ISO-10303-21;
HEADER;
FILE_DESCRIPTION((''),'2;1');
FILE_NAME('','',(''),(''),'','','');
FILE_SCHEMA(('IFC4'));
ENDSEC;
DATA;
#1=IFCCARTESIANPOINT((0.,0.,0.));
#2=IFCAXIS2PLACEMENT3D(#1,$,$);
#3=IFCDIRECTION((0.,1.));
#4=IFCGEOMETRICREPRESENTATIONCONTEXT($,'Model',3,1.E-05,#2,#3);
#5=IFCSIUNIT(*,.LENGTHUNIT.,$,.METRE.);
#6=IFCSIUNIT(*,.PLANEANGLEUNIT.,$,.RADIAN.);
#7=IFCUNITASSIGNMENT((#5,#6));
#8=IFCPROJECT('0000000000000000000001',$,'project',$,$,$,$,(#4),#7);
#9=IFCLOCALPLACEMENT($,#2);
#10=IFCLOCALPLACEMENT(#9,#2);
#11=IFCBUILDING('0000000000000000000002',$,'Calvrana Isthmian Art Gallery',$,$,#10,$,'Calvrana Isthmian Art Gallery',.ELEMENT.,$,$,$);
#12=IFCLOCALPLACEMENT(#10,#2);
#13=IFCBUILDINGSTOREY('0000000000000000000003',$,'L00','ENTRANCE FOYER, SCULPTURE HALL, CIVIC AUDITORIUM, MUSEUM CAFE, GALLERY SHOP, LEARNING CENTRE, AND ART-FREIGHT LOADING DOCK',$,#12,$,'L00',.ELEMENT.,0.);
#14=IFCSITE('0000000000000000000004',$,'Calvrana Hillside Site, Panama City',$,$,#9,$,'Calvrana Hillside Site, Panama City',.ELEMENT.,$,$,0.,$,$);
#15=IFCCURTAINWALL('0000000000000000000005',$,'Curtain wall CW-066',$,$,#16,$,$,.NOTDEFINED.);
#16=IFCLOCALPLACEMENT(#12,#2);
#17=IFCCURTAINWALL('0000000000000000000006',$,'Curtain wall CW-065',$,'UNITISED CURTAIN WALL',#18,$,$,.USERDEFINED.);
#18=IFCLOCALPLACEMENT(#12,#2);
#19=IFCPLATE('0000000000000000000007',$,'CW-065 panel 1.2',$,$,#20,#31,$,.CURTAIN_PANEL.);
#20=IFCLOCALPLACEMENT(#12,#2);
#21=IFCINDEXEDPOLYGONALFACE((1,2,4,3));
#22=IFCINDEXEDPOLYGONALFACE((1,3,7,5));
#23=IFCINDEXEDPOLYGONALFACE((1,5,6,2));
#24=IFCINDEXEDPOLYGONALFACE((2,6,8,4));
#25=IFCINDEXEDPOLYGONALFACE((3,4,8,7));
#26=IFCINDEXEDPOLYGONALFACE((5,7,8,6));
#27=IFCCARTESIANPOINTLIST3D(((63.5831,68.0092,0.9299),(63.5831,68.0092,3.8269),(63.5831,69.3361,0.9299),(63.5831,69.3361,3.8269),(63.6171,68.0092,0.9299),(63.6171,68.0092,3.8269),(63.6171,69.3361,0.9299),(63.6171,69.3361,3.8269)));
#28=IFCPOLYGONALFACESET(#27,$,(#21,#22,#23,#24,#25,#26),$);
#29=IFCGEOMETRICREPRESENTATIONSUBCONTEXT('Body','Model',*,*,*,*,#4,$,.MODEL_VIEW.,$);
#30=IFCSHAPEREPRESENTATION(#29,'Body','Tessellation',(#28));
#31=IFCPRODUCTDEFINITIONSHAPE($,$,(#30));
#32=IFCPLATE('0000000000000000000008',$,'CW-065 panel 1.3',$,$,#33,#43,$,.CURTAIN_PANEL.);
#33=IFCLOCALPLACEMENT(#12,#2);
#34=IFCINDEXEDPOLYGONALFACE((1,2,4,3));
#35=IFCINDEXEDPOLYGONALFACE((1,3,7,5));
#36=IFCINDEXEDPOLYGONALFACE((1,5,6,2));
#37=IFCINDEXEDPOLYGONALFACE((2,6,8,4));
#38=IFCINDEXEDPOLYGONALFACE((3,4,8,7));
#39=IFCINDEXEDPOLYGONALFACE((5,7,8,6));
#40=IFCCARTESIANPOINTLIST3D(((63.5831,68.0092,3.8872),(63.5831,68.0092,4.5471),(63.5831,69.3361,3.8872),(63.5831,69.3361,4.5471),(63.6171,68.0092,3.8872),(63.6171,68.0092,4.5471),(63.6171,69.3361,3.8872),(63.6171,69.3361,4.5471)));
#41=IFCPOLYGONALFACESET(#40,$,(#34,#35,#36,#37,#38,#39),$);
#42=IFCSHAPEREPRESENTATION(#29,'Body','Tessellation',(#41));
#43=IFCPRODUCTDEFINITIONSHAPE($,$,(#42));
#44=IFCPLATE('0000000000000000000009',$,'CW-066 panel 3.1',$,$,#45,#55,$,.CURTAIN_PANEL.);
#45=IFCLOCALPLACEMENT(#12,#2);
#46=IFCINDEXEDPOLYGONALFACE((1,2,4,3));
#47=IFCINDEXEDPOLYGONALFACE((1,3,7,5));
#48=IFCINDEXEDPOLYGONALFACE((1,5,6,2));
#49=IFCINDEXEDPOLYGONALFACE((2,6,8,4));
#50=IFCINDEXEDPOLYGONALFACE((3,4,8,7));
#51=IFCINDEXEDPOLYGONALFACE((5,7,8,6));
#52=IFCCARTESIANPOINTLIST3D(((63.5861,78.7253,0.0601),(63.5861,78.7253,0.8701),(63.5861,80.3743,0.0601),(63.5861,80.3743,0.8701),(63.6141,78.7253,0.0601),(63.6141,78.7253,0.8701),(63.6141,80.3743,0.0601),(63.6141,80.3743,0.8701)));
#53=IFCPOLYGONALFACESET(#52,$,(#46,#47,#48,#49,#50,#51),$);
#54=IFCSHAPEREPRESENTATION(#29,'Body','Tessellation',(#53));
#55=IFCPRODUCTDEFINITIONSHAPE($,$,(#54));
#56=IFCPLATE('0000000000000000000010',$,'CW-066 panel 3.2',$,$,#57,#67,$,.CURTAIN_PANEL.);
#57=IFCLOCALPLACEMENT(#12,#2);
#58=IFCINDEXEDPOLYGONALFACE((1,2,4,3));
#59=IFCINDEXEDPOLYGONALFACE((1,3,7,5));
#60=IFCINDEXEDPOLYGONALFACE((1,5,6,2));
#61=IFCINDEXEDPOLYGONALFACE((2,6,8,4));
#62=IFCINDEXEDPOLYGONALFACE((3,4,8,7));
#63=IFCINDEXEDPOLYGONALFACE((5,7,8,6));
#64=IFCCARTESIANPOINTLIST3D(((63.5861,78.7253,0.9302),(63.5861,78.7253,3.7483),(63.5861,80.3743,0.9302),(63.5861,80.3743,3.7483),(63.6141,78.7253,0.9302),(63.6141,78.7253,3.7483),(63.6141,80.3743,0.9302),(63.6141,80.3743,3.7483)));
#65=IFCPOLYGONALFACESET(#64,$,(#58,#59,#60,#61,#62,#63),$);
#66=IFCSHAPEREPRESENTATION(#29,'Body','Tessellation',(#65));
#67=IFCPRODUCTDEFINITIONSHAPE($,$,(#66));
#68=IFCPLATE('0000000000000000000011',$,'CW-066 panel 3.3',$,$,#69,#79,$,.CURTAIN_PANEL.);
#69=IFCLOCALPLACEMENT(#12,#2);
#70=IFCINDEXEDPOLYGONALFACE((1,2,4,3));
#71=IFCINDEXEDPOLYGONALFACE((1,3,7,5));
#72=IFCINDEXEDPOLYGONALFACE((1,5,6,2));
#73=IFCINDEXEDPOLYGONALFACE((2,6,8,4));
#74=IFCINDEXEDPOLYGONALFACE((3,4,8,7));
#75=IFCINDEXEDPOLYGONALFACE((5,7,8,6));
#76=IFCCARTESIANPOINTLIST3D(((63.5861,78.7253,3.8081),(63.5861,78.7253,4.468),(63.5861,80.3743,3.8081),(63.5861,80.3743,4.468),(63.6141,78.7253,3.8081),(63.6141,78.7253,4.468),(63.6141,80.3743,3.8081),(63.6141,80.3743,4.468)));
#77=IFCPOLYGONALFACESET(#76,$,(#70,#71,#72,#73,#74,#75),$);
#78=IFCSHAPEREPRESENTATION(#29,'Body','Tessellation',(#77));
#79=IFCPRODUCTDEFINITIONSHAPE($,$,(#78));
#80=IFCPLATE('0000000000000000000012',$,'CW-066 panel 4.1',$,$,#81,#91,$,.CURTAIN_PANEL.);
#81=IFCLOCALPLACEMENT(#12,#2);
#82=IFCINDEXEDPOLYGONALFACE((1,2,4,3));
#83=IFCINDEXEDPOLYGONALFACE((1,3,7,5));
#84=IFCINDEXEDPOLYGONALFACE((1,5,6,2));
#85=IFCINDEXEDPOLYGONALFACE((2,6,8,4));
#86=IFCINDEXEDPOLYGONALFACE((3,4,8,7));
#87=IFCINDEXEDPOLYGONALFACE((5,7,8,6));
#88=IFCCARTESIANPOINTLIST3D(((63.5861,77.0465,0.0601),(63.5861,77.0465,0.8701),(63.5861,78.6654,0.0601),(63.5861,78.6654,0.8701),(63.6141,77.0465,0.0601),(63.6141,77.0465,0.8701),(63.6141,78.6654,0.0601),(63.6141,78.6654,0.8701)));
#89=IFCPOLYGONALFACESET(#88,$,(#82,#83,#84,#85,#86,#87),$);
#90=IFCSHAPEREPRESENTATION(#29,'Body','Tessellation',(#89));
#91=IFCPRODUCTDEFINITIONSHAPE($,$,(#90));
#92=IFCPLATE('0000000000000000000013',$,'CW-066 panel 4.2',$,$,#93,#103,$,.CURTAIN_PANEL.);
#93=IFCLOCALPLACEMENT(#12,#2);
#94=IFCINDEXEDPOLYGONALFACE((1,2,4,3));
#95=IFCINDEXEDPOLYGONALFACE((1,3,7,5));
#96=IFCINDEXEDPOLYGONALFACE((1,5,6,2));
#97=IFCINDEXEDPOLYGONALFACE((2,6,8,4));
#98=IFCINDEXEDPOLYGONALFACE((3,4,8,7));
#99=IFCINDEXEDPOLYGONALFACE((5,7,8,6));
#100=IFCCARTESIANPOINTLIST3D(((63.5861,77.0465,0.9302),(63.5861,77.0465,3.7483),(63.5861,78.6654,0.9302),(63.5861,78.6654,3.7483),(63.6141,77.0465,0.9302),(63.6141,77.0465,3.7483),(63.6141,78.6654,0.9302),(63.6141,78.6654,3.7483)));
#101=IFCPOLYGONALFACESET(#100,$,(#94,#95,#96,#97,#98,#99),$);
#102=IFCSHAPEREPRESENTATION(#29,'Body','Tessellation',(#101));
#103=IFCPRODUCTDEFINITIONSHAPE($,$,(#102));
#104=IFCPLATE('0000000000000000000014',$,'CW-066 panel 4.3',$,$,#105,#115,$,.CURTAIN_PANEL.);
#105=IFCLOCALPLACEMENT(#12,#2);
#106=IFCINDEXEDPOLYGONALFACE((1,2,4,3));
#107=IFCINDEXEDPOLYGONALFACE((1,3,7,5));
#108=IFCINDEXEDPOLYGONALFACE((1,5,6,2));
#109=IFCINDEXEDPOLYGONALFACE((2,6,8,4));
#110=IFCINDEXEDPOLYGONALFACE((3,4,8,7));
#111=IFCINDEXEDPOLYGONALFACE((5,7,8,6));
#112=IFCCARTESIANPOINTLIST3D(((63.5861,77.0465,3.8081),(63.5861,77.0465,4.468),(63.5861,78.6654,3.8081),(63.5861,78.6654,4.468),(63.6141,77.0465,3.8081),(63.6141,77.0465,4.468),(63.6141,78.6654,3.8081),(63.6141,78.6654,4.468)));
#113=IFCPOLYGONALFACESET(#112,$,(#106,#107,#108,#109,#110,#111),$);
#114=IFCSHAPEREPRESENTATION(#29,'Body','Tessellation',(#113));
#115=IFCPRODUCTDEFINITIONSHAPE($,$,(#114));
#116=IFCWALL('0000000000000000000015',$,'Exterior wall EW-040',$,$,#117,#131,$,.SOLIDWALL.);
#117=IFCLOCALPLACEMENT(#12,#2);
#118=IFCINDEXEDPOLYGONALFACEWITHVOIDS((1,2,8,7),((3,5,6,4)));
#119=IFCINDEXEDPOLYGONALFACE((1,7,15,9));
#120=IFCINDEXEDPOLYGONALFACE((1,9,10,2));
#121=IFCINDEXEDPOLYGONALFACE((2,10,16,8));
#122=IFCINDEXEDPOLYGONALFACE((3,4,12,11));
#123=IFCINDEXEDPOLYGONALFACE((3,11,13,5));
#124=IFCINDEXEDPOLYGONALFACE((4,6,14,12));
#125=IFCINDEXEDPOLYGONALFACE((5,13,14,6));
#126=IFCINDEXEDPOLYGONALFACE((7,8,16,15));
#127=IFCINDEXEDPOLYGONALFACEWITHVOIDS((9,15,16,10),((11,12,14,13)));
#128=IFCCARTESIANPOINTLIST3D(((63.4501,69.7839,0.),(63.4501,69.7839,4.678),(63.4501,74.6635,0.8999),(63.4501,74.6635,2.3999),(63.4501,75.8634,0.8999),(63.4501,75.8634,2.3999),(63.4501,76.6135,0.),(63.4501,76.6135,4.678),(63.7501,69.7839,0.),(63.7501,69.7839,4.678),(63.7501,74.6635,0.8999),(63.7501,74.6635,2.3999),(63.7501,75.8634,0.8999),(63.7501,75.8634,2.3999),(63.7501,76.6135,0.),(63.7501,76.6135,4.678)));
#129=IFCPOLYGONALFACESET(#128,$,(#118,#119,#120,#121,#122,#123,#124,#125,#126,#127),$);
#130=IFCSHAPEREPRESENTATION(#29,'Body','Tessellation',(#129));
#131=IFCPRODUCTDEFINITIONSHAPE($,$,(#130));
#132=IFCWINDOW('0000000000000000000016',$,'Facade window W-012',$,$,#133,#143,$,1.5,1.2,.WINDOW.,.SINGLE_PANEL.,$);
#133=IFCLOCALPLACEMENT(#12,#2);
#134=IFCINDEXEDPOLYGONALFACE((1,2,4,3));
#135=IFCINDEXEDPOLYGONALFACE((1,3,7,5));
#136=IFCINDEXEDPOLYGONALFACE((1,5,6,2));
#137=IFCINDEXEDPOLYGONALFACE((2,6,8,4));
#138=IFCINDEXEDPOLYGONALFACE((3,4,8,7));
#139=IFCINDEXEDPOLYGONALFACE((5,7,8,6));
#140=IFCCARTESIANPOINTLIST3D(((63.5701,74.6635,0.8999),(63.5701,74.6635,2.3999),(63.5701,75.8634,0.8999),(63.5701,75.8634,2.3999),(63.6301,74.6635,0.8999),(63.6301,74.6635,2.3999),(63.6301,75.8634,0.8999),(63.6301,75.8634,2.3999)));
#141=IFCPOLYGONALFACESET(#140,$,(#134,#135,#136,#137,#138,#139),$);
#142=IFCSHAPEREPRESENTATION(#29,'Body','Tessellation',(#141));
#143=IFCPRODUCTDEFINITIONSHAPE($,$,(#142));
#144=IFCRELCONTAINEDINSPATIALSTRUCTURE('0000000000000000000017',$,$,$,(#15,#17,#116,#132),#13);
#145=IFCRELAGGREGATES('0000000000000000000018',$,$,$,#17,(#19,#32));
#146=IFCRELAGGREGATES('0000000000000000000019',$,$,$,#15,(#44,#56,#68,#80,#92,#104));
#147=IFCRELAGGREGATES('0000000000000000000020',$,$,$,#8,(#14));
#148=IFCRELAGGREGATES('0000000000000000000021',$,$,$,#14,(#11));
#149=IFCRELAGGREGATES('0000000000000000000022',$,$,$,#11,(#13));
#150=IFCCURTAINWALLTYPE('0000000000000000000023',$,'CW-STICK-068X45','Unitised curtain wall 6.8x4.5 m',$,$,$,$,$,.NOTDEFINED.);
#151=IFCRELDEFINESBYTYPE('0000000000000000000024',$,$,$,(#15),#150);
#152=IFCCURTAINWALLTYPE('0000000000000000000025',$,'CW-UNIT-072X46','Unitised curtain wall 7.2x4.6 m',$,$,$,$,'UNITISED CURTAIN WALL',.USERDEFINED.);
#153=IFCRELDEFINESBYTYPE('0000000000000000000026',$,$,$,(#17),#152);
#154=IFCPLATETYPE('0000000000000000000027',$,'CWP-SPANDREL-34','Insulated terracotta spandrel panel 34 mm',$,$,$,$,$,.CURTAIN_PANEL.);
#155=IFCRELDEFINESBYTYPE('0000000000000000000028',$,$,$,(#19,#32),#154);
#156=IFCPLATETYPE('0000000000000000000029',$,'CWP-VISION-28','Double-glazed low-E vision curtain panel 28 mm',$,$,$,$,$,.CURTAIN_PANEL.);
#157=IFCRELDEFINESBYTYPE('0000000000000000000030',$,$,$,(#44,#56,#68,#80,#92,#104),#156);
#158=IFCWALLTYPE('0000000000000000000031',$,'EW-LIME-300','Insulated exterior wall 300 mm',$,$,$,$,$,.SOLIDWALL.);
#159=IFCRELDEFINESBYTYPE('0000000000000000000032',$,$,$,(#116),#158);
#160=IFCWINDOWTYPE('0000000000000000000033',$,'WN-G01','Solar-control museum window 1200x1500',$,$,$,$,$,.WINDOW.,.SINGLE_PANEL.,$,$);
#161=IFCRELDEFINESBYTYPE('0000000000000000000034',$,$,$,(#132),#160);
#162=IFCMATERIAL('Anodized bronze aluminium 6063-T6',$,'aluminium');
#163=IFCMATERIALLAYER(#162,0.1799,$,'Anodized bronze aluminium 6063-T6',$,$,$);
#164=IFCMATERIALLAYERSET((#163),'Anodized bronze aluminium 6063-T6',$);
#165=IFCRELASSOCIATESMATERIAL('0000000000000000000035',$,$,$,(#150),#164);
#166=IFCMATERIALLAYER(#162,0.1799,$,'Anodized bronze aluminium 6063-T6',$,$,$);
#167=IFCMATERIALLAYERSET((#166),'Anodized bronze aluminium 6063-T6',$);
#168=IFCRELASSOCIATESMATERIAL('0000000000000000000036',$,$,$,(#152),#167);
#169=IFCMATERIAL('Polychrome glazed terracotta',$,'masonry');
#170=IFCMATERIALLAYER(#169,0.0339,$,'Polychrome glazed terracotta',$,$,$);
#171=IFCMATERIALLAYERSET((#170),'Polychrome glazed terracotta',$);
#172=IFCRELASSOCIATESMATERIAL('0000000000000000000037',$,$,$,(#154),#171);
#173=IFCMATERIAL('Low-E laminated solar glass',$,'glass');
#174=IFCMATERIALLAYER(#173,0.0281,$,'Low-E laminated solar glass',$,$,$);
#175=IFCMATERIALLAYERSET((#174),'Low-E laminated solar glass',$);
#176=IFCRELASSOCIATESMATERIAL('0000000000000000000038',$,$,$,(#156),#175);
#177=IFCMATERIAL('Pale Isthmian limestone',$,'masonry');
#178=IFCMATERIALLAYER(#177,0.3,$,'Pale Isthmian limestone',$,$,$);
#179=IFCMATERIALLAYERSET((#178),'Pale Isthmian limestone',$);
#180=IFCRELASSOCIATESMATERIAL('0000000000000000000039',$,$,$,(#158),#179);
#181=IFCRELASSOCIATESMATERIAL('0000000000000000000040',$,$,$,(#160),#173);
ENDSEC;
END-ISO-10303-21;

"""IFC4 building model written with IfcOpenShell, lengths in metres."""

from ifc_helpers import new_model, si_unit, direction, frame, frame_2d, origin, origin_2d, place, context, subcontext, project, spatial, rectangle, extrude, material, layer, layer_set, type_object, element, fill, aggregate, save


model = new_model("IFC4")

# Units and contexts
model_context = context("Model", 3, precision=1e-05, world=origin(), true_north=direction((0.0, 1.0)))
body_context = subcontext(model_context, "Body", "Model", "MODEL_VIEW")
ifc_project = project(units=[si_unit("LENGTHUNIT", "METRE"), si_unit("PLANEANGLEUNIT", "RADIAN")], contexts=[model_context])

# Site, building, storey
site_placement = place(None, origin())
site = spatial("IfcSite", under=ifc_project, at=site_placement, Name="Calvrana Hillside Site, Panama City", LongName="Calvrana Hillside Site, Panama City", CompositionType="ELEMENT", RefElevation=0.0)
building_placement = place(site_placement, origin())
building = spatial("IfcBuilding", under=site, at=building_placement, Name="Calvrana Isthmian Art Gallery", LongName="Calvrana Isthmian Art Gallery", CompositionType="ELEMENT")
storey_placement = place(building_placement, origin())
storey = spatial("IfcBuildingStorey", under=building, at=storey_placement, Name="L00", Description="ENTRANCE FOYER, SCULPTURE HALL, CIVIC AUDITORIUM, MUSEUM CAFE, GALLERY SHOP, LEARNING CENTRE, AND ART-FREIGHT LOADING DOCK", LongName="L00", CompositionType="ELEMENT", Elevation=0.0)

# Curtain walls
ifc_material_1 = material(Name="Anodized bronze aluminium 6063-T6", Category="aluminium")
ifc_layer_1 = layer(ifc_material_1, 0.1799, Name="Anodized bronze aluminium 6063-T6")
ifc_layer_set_1 = layer_set([ifc_layer_1], Name="Anodized bronze aluminium 6063-T6")
curtain_wall_type_1 = type_object("IfcCurtainWallType", Name="CW-STICK-068X45", Description="Unitised curtain wall 6.8x4.5 m", PredefinedType="NOTDEFINED", material=ifc_layer_set_1)
curtain_wall_1_placement = place(storey_placement, origin())
curtain_wall_1 = element("IfcCurtainWall", 1, at=curtain_wall_1_placement, inside=storey, type_object=curtain_wall_type_1, Name="Curtain wall CW-066", PredefinedType="NOTDEFINED")
ifc_layer_2 = layer(ifc_material_1, 0.1799, Name="Anodized bronze aluminium 6063-T6")
ifc_layer_set_2 = layer_set([ifc_layer_2], Name="Anodized bronze aluminium 6063-T6")
curtain_wall_type_2 = type_object("IfcCurtainWallType", Name="CW-UNIT-072X46", Description="Unitised curtain wall 7.2x4.6 m", ElementType="UNITISED CURTAIN WALL", PredefinedType="USERDEFINED", material=ifc_layer_set_2)
curtain_wall_2_placement = place(storey_placement, origin())
curtain_wall_2 = element("IfcCurtainWall", 2, at=curtain_wall_2_placement, inside=storey, type_object=curtain_wall_type_2, Name="Curtain wall CW-065", ObjectType="UNITISED CURTAIN WALL", PredefinedType="USERDEFINED")

# Plates
ifc_material_2 = material(Name="Polychrome glazed terracotta", Category="masonry")
ifc_layer_3 = layer(ifc_material_2, 0.0339, Name="Polychrome glazed terracotta")
ifc_layer_set_3 = layer_set([ifc_layer_3], Name="Polychrome glazed terracotta")
plate_type_1 = type_object("IfcPlateType", Name="CWP-SPANDREL-34", Description="Insulated terracotta spandrel panel 34 mm", PredefinedType="CURTAIN_PANEL", material=ifc_layer_set_3)
plate_1_placement = place(storey_placement, frame((63.6001, 68.6726, 0.9299), z_axis=(0.0, 0.0, 1.0), x_axis=(0.0, -1.0, 0.0)))
plate_1 = element("IfcPlate", 3, at=plate_1_placement, type_object=plate_type_1, Name="CW-065 panel 1.2", PredefinedType="CURTAIN_PANEL", context=body_context, shape_type="SweptSolid", body=[
    extrude(rectangle(XDim=1.3269, YDim=0.0339, at=origin_2d()), origin(), (0.0, 0.0, 1.0), 2.897),
])
plate_2_placement = place(storey_placement, frame((63.6001, 68.6726, 3.8872), z_axis=(0.0, 0.0, 1.0), x_axis=(0.0, -1.0, 0.0)))
plate_2 = element("IfcPlate", 4, at=plate_2_placement, type_object=plate_type_1, Name="CW-065 panel 1.3", PredefinedType="CURTAIN_PANEL", context=body_context, shape_type="SweptSolid", body=[
    extrude(rectangle(XDim=1.3269, YDim=0.0339, at=origin_2d()), origin(), (0.0, 0.0, 1.0), 0.6599),
])
aggregate(curtain_wall_2, [plate_1, plate_2])
ifc_material_3 = material(Name="Low-E laminated solar glass", Category="glass")
ifc_layer_4 = layer(ifc_material_3, 0.0281, Name="Low-E laminated solar glass")
ifc_layer_set_4 = layer_set([ifc_layer_4], Name="Low-E laminated solar glass")
plate_type_2 = type_object("IfcPlateType", Name="CWP-VISION-28", Description="Double-glazed low-E vision curtain panel 28 mm", PredefinedType="CURTAIN_PANEL", material=ifc_layer_set_4)
plate_3_placement = place(storey_placement, frame((63.6001, 79.5498, 0.0601), z_axis=(0.0, 0.0, 1.0), x_axis=(0.0, -1.0, 0.0)))
plate_3 = element("IfcPlate", 5, at=plate_3_placement, type_object=plate_type_2, Name="CW-066 panel 3.1", PredefinedType="CURTAIN_PANEL", context=body_context, shape_type="SweptSolid", body=[
    extrude(rectangle(XDim=1.6489, YDim=0.0281, at=origin_2d()), origin(), (0.0, 0.0, 1.0), 0.8101),
])
plate_4_placement = place(storey_placement, frame((63.6001, 79.5498, 0.9302), z_axis=(0.0, 0.0, 1.0), x_axis=(0.0, -1.0, 0.0)))
plate_4 = element("IfcPlate", 6, at=plate_4_placement, type_object=plate_type_2, Name="CW-066 panel 3.2", PredefinedType="CURTAIN_PANEL", context=body_context, shape_type="SweptSolid", body=[
    extrude(rectangle(XDim=1.6489, YDim=0.0281, at=origin_2d()), origin(), (0.0, 0.0, 1.0), 2.8181),
])
plate_5_placement = place(storey_placement, frame((63.6001, 79.5498, 3.8081), z_axis=(0.0, 0.0, 1.0), x_axis=(0.0, -1.0, 0.0)))
plate_5 = element("IfcPlate", 7, at=plate_5_placement, type_object=plate_type_2, Name="CW-066 panel 3.3", PredefinedType="CURTAIN_PANEL", context=body_context, shape_type="SweptSolid", body=[
    extrude(rectangle(XDim=1.6489, YDim=0.0281, at=origin_2d()), origin(), (0.0, 0.0, 1.0), 0.6599),
])
plate_6_placement = place(storey_placement, frame((63.6001, 77.856, 0.0601), z_axis=(0.0, 0.0, 1.0), x_axis=(0.0, -1.0, 0.0)))
plate_6 = element("IfcPlate", 8, at=plate_6_placement, type_object=plate_type_2, Name="CW-066 panel 4.1", PredefinedType="CURTAIN_PANEL", context=body_context, shape_type="SweptSolid", body=[
    extrude(rectangle(XDim=1.6189, YDim=0.0281, at=origin_2d()), origin(), (0.0, 0.0, 1.0), 0.8101),
])
plate_7_placement = place(storey_placement, frame((63.6001, 77.856, 0.9302), z_axis=(0.0, 0.0, 1.0), x_axis=(0.0, -1.0, 0.0)))
plate_7 = element("IfcPlate", 9, at=plate_7_placement, type_object=plate_type_2, Name="CW-066 panel 4.2", PredefinedType="CURTAIN_PANEL", context=body_context, shape_type="SweptSolid", body=[
    extrude(rectangle(XDim=1.6189, YDim=0.0281, at=origin_2d()), origin(), (0.0, 0.0, 1.0), 2.8181),
])
plate_8_placement = place(storey_placement, frame((63.6001, 77.856, 3.8081), z_axis=(0.0, 0.0, 1.0), x_axis=(0.0, -1.0, 0.0)))
plate_8 = element("IfcPlate", 10, at=plate_8_placement, type_object=plate_type_2, Name="CW-066 panel 4.3", PredefinedType="CURTAIN_PANEL", context=body_context, shape_type="SweptSolid", body=[
    extrude(rectangle(XDim=1.6189, YDim=0.0281, at=origin_2d()), origin(), (0.0, 0.0, 1.0), 0.6599),
])
aggregate(curtain_wall_1, [plate_3, plate_4, plate_5, plate_6, plate_7, plate_8])

# Wall, opening, window
ifc_material_4 = material(Name="Pale Isthmian limestone", Category="masonry")
ifc_layer_5 = layer(ifc_material_4, 0.3, Name="Pale Isthmian limestone")
ifc_layer_set_5 = layer_set([ifc_layer_5], Name="Pale Isthmian limestone")
wall_type = type_object("IfcWallType", Name="EW-LIME-300", Description="Insulated exterior wall 300 mm", PredefinedType="SOLIDWALL", material=ifc_layer_set_5)
wall_placement = place(storey_placement, frame((63.6001, 76.6135, 0.0), z_axis=(0.0, 0.0, 1.0), x_axis=(0.0, -1.0, 0.0)))
wall = element("IfcWall", 11, at=wall_placement, inside=storey, type_object=wall_type, Name="Exterior wall EW-040", PredefinedType="SOLIDWALL", context=body_context, shape_type="SweptSolid", body=[
    extrude(rectangle(XDim=6.8296, YDim=0.3, at=frame_2d((3.4148, 0.0))), origin(), (0.0, 0.0, 1.0), 4.678),
])
opening_placement = place(wall_placement, frame((0.75, 0.0, 0.8999)))
opening = element("IfcOpeningElement", 12, at=opening_placement, cuts=wall, PredefinedType="OPENING", context=body_context, shape_type="SweptSolid", body=[
    extrude(rectangle(XDim=1.2, YDim=1.5, at=frame_2d((0.6001, 0.75))), frame((0.0, 0.1602, 0.0), z_axis=(0.0, -1.0, 0.0), x_axis=(1.0, 0.0, 0.0)), (0.0, 0.0, 1.0), 0.3206),
])
window_type = type_object("IfcWindowType", Name="WN-G01", Description="Solar-control museum window 1200x1500", PartitioningType="SINGLE_PANEL", PredefinedType="WINDOW", material=ifc_material_3)
window_placement = place(opening_placement, origin())
window = element("IfcWindow", 13, at=window_placement, inside=storey, type_object=window_type, Name="Facade window W-012", OverallHeight=1.5, OverallWidth=1.2, PartitioningType="SINGLE_PANEL", PredefinedType="WINDOW", context=body_context, shape_type="SweptSolid", body=[
    extrude(rectangle(XDim=1.2, YDim=1.5, at=frame_2d((0.6001, 0.75))), frame((0.0, 0.03, 0.0), z_axis=(0.0, -1.0, 0.0), x_axis=(1.0, 0.0, 0.0)), (0.0, 0.0, 1.0), 0.0601),
])
fill(opening, window)

save(model, "model.ifc")
